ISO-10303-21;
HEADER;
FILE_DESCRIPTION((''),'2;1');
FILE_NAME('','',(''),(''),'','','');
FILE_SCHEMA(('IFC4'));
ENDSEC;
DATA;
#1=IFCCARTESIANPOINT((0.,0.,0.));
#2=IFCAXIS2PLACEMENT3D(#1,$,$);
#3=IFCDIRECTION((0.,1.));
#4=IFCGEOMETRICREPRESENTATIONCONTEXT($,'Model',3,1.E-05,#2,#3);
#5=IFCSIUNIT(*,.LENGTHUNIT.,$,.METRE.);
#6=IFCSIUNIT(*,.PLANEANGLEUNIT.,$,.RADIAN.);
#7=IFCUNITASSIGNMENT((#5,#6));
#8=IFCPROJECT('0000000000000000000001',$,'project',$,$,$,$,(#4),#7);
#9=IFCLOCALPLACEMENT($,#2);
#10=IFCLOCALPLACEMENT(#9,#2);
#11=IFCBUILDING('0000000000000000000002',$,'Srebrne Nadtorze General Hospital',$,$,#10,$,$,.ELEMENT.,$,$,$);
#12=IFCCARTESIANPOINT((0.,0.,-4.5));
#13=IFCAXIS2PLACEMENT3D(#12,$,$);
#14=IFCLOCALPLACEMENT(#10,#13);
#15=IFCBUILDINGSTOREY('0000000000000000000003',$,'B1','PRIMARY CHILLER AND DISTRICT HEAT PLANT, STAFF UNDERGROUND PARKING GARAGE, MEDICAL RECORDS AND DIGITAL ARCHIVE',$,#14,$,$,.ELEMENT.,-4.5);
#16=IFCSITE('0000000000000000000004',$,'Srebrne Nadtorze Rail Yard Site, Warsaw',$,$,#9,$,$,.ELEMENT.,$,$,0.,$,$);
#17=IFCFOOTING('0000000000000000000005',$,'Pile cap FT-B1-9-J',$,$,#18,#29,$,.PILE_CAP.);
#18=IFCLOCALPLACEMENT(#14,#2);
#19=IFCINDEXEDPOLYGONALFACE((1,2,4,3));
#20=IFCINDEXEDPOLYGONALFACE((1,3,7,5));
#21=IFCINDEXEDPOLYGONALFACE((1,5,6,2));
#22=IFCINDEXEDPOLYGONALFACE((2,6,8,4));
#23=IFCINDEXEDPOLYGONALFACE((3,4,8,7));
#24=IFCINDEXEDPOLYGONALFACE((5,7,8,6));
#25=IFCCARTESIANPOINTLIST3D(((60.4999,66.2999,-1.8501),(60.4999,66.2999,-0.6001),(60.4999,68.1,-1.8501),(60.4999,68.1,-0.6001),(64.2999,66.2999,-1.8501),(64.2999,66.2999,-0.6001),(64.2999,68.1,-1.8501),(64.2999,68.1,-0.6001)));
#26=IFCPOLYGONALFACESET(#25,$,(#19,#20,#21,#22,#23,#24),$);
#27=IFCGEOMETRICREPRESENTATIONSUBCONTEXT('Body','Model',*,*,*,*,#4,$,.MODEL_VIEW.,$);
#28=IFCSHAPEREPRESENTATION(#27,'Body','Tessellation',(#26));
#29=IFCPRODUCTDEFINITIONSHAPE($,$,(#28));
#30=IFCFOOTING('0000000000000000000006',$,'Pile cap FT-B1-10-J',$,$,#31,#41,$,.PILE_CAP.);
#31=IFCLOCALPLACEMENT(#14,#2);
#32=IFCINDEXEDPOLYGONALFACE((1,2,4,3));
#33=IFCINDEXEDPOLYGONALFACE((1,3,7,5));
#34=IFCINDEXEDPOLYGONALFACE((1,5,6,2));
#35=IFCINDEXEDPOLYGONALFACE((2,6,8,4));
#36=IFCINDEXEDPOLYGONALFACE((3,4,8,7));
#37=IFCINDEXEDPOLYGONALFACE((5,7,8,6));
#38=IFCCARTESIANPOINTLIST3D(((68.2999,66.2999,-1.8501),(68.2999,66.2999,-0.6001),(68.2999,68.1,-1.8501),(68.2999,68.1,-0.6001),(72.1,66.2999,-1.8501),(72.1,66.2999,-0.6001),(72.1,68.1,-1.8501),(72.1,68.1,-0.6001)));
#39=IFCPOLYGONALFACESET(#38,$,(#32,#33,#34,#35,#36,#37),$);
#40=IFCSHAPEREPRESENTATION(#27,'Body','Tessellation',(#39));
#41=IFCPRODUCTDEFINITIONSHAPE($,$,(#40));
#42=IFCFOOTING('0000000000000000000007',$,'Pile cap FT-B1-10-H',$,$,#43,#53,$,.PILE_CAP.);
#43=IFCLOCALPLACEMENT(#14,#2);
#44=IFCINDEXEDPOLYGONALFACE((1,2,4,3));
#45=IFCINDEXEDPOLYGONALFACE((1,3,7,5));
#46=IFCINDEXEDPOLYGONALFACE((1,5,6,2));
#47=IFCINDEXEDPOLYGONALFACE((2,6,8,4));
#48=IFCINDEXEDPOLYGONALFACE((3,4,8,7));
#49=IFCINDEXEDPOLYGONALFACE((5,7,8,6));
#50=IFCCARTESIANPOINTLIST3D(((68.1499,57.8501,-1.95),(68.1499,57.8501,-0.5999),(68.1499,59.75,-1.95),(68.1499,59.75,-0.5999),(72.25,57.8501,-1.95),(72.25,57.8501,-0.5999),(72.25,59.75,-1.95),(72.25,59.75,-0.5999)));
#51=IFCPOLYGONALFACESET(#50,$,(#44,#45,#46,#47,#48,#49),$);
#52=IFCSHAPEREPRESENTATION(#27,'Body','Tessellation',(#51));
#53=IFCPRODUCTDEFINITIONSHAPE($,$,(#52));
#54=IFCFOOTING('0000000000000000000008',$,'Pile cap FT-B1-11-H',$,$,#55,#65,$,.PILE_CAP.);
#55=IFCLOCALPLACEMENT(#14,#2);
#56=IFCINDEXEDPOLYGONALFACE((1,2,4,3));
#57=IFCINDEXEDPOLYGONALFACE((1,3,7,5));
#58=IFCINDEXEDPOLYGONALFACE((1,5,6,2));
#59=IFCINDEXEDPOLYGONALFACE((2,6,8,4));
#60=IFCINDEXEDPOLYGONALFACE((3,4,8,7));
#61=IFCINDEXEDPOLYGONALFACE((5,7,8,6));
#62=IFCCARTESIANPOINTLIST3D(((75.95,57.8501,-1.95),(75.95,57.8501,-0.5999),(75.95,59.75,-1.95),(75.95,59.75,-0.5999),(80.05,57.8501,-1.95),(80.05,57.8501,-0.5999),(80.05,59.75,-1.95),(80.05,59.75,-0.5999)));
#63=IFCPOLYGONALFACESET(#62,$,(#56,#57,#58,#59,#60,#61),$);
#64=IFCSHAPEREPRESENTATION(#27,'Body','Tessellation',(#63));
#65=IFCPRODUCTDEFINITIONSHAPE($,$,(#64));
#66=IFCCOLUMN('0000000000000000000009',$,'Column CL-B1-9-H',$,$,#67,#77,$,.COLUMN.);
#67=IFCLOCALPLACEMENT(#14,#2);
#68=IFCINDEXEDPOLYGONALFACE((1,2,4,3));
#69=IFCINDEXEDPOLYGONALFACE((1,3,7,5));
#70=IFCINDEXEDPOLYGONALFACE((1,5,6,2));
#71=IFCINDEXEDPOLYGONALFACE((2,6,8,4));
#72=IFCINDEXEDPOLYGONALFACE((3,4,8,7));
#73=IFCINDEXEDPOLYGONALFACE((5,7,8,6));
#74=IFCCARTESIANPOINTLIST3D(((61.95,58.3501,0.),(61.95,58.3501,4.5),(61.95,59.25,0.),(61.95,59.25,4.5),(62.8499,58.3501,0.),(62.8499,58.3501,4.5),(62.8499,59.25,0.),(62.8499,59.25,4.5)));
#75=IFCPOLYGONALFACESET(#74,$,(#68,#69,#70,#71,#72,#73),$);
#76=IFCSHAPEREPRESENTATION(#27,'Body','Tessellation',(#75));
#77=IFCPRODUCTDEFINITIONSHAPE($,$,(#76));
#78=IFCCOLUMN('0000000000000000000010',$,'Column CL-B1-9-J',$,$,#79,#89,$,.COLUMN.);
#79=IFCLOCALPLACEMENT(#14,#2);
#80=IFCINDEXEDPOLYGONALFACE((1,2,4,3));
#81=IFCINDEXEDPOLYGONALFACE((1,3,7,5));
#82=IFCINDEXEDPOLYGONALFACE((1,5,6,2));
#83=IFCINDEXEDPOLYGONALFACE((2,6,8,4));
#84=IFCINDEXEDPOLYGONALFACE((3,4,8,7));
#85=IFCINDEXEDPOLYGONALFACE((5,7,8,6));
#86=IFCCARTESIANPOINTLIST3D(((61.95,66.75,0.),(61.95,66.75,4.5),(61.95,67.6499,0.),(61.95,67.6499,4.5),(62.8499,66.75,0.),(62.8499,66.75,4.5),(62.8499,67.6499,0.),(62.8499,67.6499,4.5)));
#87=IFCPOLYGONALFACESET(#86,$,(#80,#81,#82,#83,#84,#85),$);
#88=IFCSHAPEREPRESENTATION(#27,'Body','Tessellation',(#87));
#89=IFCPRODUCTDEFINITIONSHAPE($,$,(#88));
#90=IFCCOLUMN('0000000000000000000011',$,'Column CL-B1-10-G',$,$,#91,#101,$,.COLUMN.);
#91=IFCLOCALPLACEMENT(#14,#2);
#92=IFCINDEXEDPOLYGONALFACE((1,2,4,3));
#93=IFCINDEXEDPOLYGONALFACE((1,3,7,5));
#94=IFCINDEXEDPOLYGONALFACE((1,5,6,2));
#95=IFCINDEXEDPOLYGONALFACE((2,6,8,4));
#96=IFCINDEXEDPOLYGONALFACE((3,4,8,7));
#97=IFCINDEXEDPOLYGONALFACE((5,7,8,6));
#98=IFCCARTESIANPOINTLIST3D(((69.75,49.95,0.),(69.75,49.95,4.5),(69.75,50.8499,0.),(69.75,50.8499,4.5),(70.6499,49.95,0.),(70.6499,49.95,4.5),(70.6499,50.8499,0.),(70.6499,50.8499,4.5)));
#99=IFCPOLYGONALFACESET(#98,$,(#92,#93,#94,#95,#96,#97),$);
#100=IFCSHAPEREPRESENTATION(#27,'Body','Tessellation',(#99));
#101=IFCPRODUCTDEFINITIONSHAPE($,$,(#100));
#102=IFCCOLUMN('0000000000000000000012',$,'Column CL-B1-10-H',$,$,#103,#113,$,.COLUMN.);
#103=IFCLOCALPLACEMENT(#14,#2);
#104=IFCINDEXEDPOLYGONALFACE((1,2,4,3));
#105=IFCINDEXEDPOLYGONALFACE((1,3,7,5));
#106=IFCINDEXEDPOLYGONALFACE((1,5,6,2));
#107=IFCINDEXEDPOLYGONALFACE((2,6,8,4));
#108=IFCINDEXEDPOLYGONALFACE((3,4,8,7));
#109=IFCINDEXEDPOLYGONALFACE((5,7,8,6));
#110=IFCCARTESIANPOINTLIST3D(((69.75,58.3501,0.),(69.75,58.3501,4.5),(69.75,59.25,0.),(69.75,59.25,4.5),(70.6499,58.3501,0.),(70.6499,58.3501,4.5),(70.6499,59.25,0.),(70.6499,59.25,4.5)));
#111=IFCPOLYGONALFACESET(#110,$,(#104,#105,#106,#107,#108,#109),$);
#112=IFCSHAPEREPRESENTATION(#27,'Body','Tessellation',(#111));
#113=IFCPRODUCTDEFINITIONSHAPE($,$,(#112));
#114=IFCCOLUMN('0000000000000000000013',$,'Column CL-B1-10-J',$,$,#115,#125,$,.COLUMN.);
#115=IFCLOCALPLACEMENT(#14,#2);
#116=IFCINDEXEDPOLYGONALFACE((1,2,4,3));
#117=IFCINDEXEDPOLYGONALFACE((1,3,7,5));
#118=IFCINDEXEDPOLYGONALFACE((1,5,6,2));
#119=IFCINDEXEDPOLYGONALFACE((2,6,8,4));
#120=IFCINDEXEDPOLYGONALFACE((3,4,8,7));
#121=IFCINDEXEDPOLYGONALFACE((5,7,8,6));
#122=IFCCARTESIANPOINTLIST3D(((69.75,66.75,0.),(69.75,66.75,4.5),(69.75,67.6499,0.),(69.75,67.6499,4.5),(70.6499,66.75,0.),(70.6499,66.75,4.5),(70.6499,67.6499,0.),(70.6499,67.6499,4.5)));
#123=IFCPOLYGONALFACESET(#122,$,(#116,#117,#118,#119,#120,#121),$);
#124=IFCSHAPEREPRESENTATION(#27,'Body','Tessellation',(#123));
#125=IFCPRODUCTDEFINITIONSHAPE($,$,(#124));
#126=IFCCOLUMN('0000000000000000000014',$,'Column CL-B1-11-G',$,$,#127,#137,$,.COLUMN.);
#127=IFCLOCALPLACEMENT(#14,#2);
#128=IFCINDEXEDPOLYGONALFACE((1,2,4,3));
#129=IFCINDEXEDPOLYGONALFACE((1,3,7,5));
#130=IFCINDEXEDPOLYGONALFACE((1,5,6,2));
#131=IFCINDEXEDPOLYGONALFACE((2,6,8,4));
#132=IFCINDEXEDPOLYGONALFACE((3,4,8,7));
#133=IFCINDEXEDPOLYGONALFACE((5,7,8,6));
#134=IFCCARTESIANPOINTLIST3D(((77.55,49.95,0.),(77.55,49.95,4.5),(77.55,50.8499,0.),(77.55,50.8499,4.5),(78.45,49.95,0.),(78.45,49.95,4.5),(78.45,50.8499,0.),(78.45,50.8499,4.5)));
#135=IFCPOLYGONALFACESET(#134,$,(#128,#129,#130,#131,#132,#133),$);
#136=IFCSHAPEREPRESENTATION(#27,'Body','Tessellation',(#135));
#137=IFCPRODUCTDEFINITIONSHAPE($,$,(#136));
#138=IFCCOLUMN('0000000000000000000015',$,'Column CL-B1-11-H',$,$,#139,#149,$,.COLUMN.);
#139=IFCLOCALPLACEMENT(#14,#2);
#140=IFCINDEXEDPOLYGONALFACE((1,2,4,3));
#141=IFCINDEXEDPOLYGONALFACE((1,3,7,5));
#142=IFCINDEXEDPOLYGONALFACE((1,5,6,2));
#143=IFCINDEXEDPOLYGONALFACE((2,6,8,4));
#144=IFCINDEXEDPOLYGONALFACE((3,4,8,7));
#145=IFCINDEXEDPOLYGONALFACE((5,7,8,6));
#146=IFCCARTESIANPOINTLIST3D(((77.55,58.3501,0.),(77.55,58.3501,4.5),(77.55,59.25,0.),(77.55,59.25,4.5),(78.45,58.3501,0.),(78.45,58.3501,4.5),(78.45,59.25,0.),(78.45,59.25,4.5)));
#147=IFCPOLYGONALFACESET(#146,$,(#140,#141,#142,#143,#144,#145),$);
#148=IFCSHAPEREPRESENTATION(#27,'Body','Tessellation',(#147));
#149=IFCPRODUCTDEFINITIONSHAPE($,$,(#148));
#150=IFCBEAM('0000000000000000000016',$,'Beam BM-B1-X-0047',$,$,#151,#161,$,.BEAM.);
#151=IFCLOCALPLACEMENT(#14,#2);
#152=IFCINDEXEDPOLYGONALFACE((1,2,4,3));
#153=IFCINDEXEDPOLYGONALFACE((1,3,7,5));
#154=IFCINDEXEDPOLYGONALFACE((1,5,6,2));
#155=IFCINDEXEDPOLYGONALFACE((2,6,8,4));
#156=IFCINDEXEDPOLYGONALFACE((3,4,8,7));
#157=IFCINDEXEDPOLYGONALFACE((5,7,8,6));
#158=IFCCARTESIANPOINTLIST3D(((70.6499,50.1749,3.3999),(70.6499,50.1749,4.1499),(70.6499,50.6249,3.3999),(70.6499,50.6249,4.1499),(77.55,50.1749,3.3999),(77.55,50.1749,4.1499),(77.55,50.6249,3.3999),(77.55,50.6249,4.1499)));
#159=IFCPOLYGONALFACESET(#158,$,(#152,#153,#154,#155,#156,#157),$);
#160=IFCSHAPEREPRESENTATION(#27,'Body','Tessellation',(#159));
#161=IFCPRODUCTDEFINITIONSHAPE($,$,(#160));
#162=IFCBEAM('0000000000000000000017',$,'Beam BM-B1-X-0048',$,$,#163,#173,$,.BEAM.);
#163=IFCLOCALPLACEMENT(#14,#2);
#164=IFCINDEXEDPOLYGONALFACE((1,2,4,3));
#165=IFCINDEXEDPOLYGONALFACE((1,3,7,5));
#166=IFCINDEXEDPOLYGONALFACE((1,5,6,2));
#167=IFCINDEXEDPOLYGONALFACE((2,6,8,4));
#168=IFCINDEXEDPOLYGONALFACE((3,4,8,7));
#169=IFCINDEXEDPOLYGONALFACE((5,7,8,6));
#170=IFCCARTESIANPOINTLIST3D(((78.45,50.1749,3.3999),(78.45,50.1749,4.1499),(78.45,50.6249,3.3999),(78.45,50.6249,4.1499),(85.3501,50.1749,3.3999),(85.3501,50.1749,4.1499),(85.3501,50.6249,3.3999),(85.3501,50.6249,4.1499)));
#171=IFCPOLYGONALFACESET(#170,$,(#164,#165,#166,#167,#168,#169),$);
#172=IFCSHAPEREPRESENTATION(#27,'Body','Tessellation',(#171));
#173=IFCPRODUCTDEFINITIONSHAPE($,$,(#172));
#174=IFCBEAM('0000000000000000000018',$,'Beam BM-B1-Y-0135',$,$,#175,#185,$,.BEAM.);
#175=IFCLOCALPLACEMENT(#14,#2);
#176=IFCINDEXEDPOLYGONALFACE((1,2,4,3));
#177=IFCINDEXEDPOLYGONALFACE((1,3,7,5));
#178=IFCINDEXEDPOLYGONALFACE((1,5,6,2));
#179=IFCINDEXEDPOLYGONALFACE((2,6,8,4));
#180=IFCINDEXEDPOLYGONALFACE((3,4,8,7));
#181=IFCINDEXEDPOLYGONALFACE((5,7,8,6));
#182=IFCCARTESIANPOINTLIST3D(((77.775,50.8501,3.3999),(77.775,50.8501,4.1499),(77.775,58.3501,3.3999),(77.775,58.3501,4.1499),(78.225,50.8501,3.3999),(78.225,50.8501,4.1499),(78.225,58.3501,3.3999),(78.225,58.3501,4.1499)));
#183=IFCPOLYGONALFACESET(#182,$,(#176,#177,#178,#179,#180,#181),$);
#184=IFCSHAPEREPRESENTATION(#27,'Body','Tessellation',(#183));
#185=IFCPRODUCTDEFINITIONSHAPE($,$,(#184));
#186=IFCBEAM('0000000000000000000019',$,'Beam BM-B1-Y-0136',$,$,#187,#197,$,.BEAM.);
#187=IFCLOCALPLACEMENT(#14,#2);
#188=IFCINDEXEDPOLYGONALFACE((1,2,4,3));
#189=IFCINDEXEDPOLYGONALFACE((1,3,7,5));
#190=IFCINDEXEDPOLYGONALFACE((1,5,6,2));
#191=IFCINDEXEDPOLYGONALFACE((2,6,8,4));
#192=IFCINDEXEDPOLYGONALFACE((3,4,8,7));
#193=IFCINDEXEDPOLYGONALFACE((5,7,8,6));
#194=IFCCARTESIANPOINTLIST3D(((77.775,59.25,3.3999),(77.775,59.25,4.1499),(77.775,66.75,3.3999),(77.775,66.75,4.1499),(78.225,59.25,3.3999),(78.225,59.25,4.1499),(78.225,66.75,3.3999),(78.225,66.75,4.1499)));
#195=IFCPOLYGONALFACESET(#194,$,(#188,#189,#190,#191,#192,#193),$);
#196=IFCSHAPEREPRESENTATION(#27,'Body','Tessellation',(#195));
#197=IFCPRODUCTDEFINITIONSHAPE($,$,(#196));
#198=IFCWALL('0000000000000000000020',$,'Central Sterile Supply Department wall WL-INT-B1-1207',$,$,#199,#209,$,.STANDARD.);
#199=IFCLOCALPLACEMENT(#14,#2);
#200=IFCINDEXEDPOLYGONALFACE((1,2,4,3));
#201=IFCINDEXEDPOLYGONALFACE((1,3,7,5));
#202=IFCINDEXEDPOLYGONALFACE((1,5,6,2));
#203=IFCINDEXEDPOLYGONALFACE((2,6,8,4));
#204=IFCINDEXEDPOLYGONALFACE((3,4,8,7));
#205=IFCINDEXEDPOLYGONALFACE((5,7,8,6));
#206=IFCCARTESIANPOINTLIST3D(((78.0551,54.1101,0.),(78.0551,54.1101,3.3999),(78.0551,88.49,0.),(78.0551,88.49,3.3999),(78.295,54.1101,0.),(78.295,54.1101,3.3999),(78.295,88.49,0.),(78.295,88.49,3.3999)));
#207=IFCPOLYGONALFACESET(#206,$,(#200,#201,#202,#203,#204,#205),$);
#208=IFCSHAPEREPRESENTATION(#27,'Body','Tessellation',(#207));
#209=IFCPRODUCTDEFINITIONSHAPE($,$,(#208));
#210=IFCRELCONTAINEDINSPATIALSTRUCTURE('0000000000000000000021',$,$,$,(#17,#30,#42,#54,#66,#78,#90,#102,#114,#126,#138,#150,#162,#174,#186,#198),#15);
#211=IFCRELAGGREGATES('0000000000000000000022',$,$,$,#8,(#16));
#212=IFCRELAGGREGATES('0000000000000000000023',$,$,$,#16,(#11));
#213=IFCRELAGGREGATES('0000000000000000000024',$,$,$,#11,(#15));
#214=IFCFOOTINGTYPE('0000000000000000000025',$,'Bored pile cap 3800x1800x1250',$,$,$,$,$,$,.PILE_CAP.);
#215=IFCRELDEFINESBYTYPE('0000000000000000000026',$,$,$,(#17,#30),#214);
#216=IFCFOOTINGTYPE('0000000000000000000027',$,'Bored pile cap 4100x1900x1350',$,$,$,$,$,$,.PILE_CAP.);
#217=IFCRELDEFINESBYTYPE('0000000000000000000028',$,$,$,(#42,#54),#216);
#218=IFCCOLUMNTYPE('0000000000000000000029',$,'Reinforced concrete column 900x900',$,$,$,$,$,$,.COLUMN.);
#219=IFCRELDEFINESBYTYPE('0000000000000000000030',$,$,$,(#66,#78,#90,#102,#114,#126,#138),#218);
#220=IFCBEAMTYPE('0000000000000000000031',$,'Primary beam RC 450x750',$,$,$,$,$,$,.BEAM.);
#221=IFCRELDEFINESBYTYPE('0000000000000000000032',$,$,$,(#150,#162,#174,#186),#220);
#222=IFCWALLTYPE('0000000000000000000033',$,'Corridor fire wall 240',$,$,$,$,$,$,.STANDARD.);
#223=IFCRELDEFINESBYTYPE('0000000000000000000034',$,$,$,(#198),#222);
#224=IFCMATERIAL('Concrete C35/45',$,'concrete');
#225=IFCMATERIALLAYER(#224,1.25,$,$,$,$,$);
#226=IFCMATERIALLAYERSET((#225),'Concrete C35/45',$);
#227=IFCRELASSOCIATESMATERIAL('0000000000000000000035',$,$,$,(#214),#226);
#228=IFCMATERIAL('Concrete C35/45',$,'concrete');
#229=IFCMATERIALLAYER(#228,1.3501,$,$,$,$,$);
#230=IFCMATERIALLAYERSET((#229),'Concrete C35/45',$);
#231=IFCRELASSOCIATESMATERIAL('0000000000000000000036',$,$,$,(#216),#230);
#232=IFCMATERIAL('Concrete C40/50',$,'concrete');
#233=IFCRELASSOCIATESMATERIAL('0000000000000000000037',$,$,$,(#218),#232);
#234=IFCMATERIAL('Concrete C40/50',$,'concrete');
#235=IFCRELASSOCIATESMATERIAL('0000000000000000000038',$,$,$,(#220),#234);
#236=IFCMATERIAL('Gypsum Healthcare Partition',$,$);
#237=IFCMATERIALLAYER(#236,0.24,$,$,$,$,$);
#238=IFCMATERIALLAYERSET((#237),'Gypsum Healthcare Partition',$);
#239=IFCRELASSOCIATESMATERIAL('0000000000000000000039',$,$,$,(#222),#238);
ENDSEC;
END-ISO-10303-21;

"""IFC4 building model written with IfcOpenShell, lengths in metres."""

from ifc_helpers import new_model, si_unit, direction, frame, frame_2d, origin, origin_2d, place, context, subcontext, project, spatial, rectangle, extrude, material, layer, layer_set, material_profile, profile_set, type_object, element, save


model = new_model("IFC4")

# Units and contexts
model_context = context("Model", 3, precision=1e-05, world=origin(), true_north=direction((0.0, 1.0)))
body_context = subcontext(model_context, "Body", "Model", "MODEL_VIEW")
ifc_project = project(units=[si_unit("LENGTHUNIT", "METRE"), si_unit("PLANEANGLEUNIT", "RADIAN")], contexts=[model_context])

# Site, building, storey
site_placement = place(None, origin())
site = spatial("IfcSite", under=ifc_project, at=site_placement, Name="Srebrne Nadtorze Rail Yard Site, Warsaw", CompositionType="ELEMENT", RefElevation=0.0)
building_placement = place(site_placement, origin())
building = spatial("IfcBuilding", under=site, at=building_placement, Name="Srebrne Nadtorze General Hospital", CompositionType="ELEMENT")
storey_placement = place(building_placement, frame((0.0, 0.0, -4.5)))
storey = spatial("IfcBuildingStorey", under=building, at=storey_placement, Name="B1", Description="PRIMARY CHILLER AND DISTRICT HEAT PLANT, STAFF UNDERGROUND PARKING GARAGE, MEDICAL RECORDS AND DIGITAL ARCHIVE", CompositionType="ELEMENT", Elevation=-4.5)

# Footings
ifc_material_1 = material(Name="Concrete C35/45", Category="concrete")
ifc_layer_1 = layer(ifc_material_1, 1.25)
ifc_layer_set_1 = layer_set([ifc_layer_1], Name="Concrete C35/45")
footing_type_1 = type_object("IfcFootingType", Name="Bored pile cap 3800x1800x1250", PredefinedType="PILE_CAP", material=ifc_layer_set_1)
for number, where, z_axis, x_axis, name in (
    (1, (62.3999, 67.2, -1.8501), (0.0, 0.0, 1.0), (1.0, 0.0, 0.0), "Pile cap FT-B1-9-J"),
    (2, (70.2, 67.2, -1.8501), (0.0, 0.0, 1.0), (1.0, 0.0, 0.0), "Pile cap FT-B1-10-J"),
):
    element("IfcFooting", number, at=place(storey_placement, frame(where, z_axis=z_axis, x_axis=x_axis)), inside=storey, type_object=footing_type_1, Name=name, PredefinedType="PILE_CAP", context=body_context, shape_type="SweptSolid", body=[
        extrude(rectangle(XDim=3.8, YDim=1.8, at=origin_2d()), origin(), (0.0, 0.0, 1.0), 1.25),
    ])
ifc_material_2 = material(Name="Concrete C35/45", Category="concrete")
ifc_layer_2 = layer(ifc_material_2, 1.3501)
ifc_layer_set_2 = layer_set([ifc_layer_2], Name="Concrete C35/45")
footing_type_2 = type_object("IfcFootingType", Name="Bored pile cap 4100x1900x1350", PredefinedType="PILE_CAP", material=ifc_layer_set_2)
for number, where, z_axis, x_axis, name in (
    (3, (70.2, 58.8, -1.95), (0.0, 0.0, 1.0), (1.0, 0.0, 0.0), "Pile cap FT-B1-10-H"),
    (4, (78.0, 58.8, -1.95), (0.0, 0.0, 1.0), (1.0, 0.0, 0.0), "Pile cap FT-B1-11-H"),
):
    element("IfcFooting", number, at=place(storey_placement, frame(where, z_axis=z_axis, x_axis=x_axis)), inside=storey, type_object=footing_type_2, Name=name, PredefinedType="PILE_CAP", context=body_context, shape_type="SweptSolid", body=[
        extrude(rectangle(XDim=4.1001, YDim=1.8999, at=origin_2d()), origin(), (0.0, 0.0, 1.0), 1.3501),
    ])

# Columns
ifc_material_3 = material(Name="Concrete C40/50", Category="concrete")
ifc_material_profile_1 = material_profile(ifc_material_3, rectangle(XDim=0.8999, YDim=0.8999, at=origin_2d()), Name="RC-COL-900x900")
ifc_profile_set_1 = profile_set([ifc_material_profile_1], Name="Concrete C40/50")
column_type = type_object("IfcColumnType", Name="Reinforced concrete column 900x900", PredefinedType="COLUMN", material=ifc_profile_set_1)
for number, where, z_axis, x_axis, name in (
    (5, (62.3999, 58.8, 0.0), (0.0, 0.0, 1.0), (1.0, 0.0, 0.0), "Column CL-B1-9-H"),
    (6, (62.3999, 67.2, 0.0), (0.0, 0.0, 1.0), (1.0, 0.0, 0.0), "Column CL-B1-9-J"),
    (7, (70.2, 50.3999, 0.0), (0.0, 0.0, 1.0), (1.0, 0.0, 0.0), "Column CL-B1-10-G"),
    (8, (70.2, 58.8, 0.0), (0.0, 0.0, 1.0), (1.0, 0.0, 0.0), "Column CL-B1-10-H"),
    (9, (70.2, 67.2, 0.0), (0.0, 0.0, 1.0), (1.0, 0.0, 0.0), "Column CL-B1-10-J"),
    (10, (78.0, 50.3999, 0.0), (0.0, 0.0, 1.0), (1.0, 0.0, 0.0), "Column CL-B1-11-G"),
    (11, (78.0, 58.8, 0.0), (0.0, 0.0, 1.0), (1.0, 0.0, 0.0), "Column CL-B1-11-H"),
):
    element("IfcColumn", number, at=place(storey_placement, frame(where, z_axis=z_axis, x_axis=x_axis)), inside=storey, type_object=column_type, Name=name, PredefinedType="COLUMN", context=body_context, shape_type="SweptSolid", body=[
        extrude(rectangle(XDim=0.8999, YDim=0.8999, at=origin_2d()), origin(), (0.0, 0.0, 1.0), 4.5),
    ])

# Beams
ifc_material_4 = material(Name="Concrete C40/50", Category="concrete")
ifc_material_profile_2 = material_profile(ifc_material_4, rectangle(XDim=0.45, YDim=0.75, at=origin_2d()), Name="RC-BM-450x750")
ifc_profile_set_2 = profile_set([ifc_material_profile_2], Name="Concrete C40/50")
beam_type = type_object("IfcBeamType", Name="Primary beam RC 450x750", PredefinedType="BEAM", material=ifc_profile_set_2)
for number, where, z_axis, x_axis, name in (
    (12, (70.6499, 50.3999, 3.7749), (1.0, 0.0, 0.0), (0.0, 1.0, 0.0), "Beam BM-B1-X-0047"),
    (13, (78.45, 50.3999, 3.7749), (1.0, 0.0, 0.0), (0.0, 1.0, 0.0), "Beam BM-B1-X-0048"),
):
    element("IfcBeam", number, at=place(storey_placement, frame(where, z_axis=z_axis, x_axis=x_axis)), inside=storey, type_object=beam_type, Name=name, PredefinedType="BEAM", context=body_context, shape_type="SweptSolid", body=[
        extrude(rectangle(XDim=0.45, YDim=0.75, at=origin_2d()), origin(), (0.0, 0.0, 1.0), 6.9001),
    ])
for number, where, z_axis, x_axis, name in (
    (14, (78.0, 50.8501, 3.7749), (0.0, 1.0, 0.0), (-1.0, 0.0, 0.0), "Beam BM-B1-Y-0135"),
    (15, (78.0, 59.25, 3.7749), (0.0, 1.0, 0.0), (-1.0, 0.0, 0.0), "Beam BM-B1-Y-0136"),
):
    element("IfcBeam", number, at=place(storey_placement, frame(where, z_axis=z_axis, x_axis=x_axis)), inside=storey, type_object=beam_type, Name=name, PredefinedType="BEAM", context=body_context, shape_type="SweptSolid", body=[
        extrude(rectangle(XDim=0.45, YDim=0.75, at=origin_2d()), origin(), (0.0, 0.0, 1.0), 7.5),
    ])

# Wall
ifc_material_5 = material(Name="Gypsum Healthcare Partition")
ifc_layer_3 = layer(ifc_material_5, 0.24)
ifc_layer_set_3 = layer_set([ifc_layer_3], Name="Gypsum Healthcare Partition")
wall_type = type_object("IfcWallType", Name="Corridor fire wall 240", PredefinedType="STANDARD", material=ifc_layer_set_3)
wall_placement = place(storey_placement, frame((78.175, 54.1101, 0.0), z_axis=(0.0, 0.0, 1.0), x_axis=(0.0, 1.0, 0.0)))
element("IfcWall", 16, at=wall_placement, inside=storey, type_object=wall_type, Name="Central Sterile Supply Department wall WL-INT-B1-1207", PredefinedType="STANDARD", context=body_context, shape_type="SweptSolid", body=[
    extrude(rectangle(XDim=34.3799, YDim=0.24, at=frame_2d((17.1899, 0.0))), origin(), (0.0, 0.0, 1.0), 3.3999),
])

save(model, "model.ifc")
